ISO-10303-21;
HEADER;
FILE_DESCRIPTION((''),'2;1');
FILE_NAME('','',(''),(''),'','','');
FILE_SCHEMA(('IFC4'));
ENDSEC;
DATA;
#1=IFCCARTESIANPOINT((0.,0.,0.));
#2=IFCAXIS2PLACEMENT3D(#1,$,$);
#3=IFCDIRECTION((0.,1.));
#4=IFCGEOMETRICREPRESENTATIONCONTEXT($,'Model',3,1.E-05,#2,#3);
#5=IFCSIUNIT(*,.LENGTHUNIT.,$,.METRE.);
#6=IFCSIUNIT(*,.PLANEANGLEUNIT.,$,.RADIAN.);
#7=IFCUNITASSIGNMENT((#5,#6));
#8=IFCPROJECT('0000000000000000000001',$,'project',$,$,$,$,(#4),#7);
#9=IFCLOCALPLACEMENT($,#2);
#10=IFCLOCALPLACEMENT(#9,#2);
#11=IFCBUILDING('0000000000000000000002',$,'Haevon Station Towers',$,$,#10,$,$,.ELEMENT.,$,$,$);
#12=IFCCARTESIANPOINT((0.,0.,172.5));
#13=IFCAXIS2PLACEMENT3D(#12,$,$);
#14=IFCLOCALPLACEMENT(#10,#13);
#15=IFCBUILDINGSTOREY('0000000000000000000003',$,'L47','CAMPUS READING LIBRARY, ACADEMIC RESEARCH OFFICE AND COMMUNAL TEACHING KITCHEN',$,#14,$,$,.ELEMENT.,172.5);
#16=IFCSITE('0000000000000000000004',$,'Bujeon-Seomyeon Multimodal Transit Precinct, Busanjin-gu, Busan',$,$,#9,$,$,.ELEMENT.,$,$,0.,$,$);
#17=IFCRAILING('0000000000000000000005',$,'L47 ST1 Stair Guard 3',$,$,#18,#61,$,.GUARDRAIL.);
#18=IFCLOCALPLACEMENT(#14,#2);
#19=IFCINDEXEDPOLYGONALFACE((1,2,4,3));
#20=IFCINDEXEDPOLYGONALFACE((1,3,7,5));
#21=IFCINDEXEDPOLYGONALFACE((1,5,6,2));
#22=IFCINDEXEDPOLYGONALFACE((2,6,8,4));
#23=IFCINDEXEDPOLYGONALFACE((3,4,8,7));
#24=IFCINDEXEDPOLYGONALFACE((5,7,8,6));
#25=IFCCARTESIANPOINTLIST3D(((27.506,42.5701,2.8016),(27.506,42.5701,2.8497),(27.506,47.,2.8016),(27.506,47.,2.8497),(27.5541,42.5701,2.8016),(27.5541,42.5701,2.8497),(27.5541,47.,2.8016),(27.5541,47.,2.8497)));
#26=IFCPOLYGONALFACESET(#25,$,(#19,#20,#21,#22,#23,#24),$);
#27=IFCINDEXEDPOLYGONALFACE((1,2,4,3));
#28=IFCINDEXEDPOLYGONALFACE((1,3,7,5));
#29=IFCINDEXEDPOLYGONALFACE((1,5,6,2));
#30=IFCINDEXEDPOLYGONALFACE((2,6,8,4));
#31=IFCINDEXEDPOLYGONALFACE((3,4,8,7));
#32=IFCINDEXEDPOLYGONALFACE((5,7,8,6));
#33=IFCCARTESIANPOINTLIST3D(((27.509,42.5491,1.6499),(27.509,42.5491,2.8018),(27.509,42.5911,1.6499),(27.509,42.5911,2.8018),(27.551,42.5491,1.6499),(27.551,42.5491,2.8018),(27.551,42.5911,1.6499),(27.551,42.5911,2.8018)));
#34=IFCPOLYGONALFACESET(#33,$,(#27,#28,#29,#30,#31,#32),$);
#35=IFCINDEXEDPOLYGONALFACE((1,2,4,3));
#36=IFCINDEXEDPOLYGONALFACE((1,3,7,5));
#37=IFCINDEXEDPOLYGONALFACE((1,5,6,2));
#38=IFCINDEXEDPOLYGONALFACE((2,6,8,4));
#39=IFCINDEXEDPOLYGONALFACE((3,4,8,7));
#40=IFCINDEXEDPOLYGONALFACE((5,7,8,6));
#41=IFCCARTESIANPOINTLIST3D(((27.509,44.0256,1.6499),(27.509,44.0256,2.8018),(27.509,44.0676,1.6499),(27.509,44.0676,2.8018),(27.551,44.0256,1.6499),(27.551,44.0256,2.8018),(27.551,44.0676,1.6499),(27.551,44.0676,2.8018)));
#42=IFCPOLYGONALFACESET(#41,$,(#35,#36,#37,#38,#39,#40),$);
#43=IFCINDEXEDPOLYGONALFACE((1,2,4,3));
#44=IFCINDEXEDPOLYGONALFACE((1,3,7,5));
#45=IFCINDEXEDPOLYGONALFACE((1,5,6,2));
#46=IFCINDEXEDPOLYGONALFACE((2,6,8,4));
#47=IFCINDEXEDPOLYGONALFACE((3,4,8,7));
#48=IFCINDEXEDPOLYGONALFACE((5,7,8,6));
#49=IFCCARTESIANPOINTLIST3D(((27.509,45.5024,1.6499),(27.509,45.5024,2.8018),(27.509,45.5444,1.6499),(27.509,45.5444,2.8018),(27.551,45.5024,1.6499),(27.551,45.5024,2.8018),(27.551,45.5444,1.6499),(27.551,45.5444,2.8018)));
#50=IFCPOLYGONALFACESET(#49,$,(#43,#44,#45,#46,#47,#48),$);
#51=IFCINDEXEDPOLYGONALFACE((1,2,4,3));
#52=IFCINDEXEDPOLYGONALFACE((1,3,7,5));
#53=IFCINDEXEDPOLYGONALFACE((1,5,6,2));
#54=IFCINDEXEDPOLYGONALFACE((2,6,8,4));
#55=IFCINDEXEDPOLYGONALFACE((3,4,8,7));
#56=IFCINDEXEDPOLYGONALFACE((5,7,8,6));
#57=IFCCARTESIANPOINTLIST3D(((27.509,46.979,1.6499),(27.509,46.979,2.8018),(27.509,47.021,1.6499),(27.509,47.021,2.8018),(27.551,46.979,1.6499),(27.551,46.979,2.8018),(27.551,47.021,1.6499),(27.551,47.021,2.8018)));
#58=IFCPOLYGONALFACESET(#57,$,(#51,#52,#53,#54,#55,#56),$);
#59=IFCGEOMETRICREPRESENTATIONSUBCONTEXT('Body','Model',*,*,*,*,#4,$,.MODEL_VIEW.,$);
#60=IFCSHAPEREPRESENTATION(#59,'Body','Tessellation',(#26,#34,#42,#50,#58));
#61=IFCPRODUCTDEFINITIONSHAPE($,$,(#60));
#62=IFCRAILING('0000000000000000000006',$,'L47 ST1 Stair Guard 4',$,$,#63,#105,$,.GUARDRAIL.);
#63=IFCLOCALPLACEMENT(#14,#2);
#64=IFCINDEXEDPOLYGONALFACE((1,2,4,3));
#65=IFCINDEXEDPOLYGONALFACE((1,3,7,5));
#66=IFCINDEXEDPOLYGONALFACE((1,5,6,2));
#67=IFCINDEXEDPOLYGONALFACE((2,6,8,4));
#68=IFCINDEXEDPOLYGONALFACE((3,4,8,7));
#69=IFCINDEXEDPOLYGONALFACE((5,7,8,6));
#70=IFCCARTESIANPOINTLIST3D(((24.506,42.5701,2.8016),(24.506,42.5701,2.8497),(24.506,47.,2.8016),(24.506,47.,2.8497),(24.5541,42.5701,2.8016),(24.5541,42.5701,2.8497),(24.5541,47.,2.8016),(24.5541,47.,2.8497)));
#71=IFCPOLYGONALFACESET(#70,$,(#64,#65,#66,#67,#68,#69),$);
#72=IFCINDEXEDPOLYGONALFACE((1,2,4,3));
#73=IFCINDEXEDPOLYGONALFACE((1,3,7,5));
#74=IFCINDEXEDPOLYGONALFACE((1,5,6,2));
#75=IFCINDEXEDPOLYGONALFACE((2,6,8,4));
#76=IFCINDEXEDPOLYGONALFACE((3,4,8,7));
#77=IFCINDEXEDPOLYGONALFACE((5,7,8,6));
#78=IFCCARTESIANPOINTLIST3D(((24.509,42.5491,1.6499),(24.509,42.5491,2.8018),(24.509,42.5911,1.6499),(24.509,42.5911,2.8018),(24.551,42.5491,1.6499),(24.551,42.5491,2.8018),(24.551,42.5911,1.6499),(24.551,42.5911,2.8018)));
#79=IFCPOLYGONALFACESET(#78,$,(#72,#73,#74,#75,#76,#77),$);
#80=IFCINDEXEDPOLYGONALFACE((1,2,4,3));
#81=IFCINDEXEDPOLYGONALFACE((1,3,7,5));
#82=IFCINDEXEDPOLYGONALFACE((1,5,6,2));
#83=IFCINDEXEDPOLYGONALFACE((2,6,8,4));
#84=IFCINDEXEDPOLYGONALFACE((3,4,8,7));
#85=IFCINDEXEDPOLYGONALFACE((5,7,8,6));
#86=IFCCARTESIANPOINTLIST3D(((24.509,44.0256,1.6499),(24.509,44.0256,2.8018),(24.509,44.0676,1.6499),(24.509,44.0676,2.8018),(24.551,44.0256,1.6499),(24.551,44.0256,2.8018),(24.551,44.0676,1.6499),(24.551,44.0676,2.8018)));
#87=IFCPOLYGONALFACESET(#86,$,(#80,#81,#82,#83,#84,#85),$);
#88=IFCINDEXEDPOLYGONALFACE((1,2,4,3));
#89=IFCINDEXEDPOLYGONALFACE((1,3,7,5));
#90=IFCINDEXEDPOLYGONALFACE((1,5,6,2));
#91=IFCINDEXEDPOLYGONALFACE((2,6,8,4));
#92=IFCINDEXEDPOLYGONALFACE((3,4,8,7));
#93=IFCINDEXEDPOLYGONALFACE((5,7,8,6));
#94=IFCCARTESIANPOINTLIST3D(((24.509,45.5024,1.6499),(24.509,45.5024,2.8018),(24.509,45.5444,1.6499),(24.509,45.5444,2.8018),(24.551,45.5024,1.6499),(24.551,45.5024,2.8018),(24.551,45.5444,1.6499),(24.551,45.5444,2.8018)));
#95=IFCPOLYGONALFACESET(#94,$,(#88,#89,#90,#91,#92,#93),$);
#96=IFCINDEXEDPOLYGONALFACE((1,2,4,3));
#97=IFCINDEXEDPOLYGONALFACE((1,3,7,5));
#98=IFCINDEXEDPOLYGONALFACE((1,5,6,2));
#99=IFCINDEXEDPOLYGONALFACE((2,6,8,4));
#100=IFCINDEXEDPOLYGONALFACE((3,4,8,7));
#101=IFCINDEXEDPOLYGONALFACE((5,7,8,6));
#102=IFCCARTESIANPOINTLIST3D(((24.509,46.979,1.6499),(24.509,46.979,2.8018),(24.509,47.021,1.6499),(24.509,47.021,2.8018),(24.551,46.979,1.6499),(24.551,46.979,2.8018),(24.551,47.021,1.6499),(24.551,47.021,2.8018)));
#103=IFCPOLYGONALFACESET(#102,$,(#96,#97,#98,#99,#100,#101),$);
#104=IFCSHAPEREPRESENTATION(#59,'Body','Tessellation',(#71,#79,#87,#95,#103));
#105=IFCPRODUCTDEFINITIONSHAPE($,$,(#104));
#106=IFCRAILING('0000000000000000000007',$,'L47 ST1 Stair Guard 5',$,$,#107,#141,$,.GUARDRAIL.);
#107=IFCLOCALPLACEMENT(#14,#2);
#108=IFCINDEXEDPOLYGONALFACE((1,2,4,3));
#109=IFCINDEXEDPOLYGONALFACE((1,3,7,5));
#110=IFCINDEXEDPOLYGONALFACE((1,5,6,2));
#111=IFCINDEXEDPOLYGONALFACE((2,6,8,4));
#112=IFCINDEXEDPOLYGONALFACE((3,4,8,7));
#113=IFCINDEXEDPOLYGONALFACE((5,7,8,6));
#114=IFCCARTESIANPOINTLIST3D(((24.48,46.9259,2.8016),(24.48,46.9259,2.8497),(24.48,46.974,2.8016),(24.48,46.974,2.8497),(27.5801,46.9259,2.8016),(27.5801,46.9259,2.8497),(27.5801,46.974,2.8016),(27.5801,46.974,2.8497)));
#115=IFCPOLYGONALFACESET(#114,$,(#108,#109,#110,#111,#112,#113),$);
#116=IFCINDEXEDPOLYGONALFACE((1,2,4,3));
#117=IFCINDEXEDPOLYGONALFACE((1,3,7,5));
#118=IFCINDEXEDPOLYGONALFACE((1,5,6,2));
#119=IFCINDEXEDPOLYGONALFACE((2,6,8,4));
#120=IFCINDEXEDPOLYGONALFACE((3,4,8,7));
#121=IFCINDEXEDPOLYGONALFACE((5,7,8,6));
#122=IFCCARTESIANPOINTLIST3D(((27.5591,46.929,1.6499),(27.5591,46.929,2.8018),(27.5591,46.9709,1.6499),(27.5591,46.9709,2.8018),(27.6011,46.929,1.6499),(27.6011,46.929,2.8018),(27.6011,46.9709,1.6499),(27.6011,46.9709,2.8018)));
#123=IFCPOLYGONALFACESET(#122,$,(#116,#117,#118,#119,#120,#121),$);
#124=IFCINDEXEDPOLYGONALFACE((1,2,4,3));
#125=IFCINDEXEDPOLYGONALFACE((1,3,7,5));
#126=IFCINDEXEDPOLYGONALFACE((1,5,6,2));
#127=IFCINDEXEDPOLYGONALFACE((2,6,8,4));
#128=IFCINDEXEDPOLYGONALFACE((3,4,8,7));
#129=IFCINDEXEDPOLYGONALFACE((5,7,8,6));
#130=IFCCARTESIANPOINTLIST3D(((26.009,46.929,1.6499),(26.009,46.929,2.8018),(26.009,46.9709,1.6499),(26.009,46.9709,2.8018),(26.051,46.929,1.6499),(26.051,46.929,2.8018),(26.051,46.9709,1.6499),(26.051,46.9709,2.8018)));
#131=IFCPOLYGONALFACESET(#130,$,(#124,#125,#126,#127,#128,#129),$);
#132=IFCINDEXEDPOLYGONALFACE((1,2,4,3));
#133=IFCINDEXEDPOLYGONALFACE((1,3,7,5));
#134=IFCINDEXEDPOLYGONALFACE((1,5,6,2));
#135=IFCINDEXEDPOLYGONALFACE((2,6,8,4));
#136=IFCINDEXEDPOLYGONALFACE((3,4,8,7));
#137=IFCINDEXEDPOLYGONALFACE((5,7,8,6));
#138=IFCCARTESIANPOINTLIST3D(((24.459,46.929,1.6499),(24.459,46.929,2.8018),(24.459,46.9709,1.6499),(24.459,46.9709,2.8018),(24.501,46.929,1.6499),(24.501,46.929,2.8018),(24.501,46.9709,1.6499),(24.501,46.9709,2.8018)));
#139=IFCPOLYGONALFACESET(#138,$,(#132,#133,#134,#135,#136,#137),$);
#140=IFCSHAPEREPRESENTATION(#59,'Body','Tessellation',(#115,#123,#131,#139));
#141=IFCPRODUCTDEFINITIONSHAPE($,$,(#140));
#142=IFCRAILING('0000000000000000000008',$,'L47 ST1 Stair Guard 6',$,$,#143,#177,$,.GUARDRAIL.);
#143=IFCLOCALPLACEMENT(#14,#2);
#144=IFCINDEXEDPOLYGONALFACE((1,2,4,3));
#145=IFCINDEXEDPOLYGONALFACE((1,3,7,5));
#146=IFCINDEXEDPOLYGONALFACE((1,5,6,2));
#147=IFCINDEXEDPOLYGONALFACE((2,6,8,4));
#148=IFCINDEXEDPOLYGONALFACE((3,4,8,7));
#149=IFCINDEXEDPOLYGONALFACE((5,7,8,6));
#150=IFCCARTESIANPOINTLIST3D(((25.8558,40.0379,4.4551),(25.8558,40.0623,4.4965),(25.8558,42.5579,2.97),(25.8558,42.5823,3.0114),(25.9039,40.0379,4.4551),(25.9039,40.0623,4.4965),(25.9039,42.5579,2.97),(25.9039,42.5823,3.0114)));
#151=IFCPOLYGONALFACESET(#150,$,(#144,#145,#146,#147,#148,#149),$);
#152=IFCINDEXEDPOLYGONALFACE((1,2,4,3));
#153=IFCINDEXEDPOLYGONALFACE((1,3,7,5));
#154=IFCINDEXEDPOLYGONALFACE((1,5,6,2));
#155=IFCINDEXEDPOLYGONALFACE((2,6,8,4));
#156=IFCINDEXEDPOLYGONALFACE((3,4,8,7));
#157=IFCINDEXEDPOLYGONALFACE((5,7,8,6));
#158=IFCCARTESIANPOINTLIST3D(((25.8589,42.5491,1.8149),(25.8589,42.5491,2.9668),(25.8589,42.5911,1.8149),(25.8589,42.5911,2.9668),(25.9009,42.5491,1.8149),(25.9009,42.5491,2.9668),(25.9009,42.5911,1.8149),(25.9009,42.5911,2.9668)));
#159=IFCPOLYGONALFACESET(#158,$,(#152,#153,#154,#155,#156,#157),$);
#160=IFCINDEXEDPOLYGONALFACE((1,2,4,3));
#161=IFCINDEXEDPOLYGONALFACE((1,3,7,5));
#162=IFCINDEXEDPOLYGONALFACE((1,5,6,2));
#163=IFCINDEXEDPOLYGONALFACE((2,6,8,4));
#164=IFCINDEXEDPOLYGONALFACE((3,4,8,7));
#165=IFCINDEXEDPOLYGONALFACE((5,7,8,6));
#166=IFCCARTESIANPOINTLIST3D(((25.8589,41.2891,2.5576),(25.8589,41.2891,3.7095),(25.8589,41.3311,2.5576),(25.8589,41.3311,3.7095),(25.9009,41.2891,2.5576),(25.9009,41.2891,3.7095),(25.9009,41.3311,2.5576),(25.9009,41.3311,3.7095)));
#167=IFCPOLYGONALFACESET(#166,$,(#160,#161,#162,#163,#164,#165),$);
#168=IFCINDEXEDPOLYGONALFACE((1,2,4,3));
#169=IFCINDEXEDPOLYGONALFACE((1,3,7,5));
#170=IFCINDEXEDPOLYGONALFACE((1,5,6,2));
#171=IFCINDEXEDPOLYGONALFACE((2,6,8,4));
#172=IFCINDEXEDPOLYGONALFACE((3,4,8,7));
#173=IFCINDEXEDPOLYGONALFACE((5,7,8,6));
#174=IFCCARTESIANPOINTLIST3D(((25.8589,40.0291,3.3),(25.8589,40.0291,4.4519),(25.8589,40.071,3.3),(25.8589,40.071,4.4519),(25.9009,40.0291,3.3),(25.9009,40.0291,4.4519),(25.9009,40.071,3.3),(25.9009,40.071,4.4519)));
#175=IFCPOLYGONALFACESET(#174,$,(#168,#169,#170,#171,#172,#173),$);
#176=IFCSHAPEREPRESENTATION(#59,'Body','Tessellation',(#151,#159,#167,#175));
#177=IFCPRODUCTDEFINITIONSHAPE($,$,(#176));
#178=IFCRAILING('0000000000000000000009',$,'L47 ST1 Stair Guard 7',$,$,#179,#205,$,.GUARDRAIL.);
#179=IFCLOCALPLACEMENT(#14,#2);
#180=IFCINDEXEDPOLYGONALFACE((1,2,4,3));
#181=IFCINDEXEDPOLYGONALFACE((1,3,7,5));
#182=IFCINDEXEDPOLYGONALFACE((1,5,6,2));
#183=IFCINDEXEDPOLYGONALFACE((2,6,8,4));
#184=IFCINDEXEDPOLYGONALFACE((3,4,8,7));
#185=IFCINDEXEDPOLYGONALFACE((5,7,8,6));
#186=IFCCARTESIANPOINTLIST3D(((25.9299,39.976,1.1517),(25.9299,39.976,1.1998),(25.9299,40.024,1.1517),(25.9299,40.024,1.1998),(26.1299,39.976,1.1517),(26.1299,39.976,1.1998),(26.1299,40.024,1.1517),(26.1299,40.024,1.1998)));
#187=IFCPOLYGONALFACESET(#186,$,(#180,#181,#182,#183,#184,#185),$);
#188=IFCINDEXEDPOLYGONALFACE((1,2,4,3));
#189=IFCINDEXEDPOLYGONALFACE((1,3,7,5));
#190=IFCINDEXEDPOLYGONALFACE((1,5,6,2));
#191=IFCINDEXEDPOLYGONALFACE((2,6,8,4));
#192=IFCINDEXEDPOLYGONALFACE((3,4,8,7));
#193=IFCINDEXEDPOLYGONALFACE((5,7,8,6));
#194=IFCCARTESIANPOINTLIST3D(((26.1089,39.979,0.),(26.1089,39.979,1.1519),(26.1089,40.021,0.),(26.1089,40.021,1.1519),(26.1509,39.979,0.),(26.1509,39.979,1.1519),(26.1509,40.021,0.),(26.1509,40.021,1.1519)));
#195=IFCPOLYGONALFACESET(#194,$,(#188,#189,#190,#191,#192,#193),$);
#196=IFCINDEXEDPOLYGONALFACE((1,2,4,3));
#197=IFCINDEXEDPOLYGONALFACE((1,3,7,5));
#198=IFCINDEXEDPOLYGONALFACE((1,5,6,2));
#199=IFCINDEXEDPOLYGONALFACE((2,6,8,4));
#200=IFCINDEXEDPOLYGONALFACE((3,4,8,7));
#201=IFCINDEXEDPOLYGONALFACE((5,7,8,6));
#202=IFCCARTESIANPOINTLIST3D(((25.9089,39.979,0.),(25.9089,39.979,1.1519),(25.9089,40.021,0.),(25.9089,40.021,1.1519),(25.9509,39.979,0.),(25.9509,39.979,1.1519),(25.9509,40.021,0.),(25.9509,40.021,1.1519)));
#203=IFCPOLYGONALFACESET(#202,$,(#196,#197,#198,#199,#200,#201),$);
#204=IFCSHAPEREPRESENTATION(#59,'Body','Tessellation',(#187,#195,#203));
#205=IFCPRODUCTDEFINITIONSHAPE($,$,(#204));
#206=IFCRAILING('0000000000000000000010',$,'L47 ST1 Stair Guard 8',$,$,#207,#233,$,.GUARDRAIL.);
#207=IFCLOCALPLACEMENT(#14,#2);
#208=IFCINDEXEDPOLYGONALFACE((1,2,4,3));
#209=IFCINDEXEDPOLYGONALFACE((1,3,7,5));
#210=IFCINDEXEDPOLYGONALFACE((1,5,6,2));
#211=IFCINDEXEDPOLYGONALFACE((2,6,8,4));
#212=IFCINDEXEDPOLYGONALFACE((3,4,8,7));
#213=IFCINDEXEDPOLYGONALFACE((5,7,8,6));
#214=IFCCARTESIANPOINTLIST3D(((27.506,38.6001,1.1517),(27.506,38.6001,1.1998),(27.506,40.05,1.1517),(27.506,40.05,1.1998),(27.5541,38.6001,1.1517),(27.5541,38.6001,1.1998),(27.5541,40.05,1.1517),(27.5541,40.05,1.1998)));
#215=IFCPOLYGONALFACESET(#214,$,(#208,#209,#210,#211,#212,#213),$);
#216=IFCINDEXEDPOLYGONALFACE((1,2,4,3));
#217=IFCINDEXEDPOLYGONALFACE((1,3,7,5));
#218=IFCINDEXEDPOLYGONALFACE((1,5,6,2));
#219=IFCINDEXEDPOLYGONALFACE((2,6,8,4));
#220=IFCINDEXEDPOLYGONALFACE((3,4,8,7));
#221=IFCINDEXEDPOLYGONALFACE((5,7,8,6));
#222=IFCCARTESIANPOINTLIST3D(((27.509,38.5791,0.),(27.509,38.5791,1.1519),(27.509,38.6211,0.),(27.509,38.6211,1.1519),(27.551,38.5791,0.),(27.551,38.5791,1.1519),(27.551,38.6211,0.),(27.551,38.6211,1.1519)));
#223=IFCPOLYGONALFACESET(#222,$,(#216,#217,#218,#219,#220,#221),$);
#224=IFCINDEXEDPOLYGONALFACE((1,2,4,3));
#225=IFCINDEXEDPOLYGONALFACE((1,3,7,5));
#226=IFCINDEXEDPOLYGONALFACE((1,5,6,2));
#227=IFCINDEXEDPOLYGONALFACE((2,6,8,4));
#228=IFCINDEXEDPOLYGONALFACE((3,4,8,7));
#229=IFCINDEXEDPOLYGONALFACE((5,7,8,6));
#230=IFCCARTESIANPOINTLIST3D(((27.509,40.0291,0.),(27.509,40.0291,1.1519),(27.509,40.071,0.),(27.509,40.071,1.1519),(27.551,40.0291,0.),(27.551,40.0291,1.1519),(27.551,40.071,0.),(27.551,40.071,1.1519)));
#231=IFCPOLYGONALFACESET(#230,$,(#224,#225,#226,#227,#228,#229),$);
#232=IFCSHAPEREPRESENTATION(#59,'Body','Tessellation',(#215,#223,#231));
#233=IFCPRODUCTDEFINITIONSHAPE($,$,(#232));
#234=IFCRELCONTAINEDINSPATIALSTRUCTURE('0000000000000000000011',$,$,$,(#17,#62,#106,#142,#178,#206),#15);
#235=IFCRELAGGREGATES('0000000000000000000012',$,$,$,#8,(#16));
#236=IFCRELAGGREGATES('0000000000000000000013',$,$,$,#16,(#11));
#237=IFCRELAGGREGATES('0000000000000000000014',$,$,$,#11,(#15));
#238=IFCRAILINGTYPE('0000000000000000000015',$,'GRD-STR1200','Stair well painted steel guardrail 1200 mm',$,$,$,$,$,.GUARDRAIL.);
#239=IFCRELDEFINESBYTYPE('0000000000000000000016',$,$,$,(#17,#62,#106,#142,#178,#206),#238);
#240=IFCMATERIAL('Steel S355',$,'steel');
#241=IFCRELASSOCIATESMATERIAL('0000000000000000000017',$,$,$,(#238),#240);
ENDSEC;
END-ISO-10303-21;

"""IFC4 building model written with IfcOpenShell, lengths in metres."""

from ifc_helpers import new_model, si_unit, direction, frame, origin, origin_2d, place, context, subcontext, project, spatial, rectangle, extrude, material, type_object, element, save


model = new_model("IFC4")

# Units and contexts
model_context = context("Model", 3, precision=1e-05, world=origin(), true_north=direction((0.0, 1.0)))
body_context = subcontext(model_context, "Body", "Model", "MODEL_VIEW")
ifc_project = project(units=[si_unit("LENGTHUNIT", "METRE"), si_unit("PLANEANGLEUNIT", "RADIAN")], contexts=[model_context])

# Site, building, storey
site_placement = place(None, origin())
site = spatial("IfcSite", under=ifc_project, at=site_placement, Name="Bujeon-Seomyeon Multimodal Transit Precinct, Busanjin-gu, Busan", CompositionType="ELEMENT", RefElevation=0.0)
building_placement = place(site_placement, origin())
building = spatial("IfcBuilding", under=site, at=building_placement, Name="Haevon Station Towers", CompositionType="ELEMENT")
storey_placement = place(building_placement, frame((0.0, 0.0, 172.5)))
storey = spatial("IfcBuildingStorey", under=building, at=storey_placement, Name="L47", Description="CAMPUS READING LIBRARY, ACADEMIC RESEARCH OFFICE AND COMMUNAL TEACHING KITCHEN", CompositionType="ELEMENT", Elevation=172.5)

# Shared definitions
ifc_material_1 = material(Name="Steel S355", Category="steel")

# Railings
railing_type_1 = type_object("IfcRailingType", Name="GRD-STR1200", Description="Stair well painted steel guardrail 1200 mm", PredefinedType="GUARDRAIL", material=ifc_material_1)
for number, where, name in (
    (1, (27.53, 42.5701, 1.6499), "L47 ST1 Stair Guard 3"),
    (2, (24.53, 42.5701, 1.6499), "L47 ST1 Stair Guard 4"),
):
    element("IfcRailing", number, at=place(storey_placement, frame(where)), inside=storey, type_object=railing_type_1, Name=name, PredefinedType="GUARDRAIL", context=body_context, shape_type="SweptSolid", body=[
        extrude(rectangle(XDim=0.0481, YDim=0.0481, at=origin_2d()), frame((0.0, 0.0, 1.1758), z_axis=(0.0, 1.0, 0.0), x_axis=(-1.0, 0.0, 0.0)), (0.0, 0.0, 1.0), 4.4299),
        extrude(rectangle(XDim=0.042, YDim=0.042, at=origin_2d()), origin(), (0.0, 0.0, 1.0), 1.1519),
        extrude(rectangle(XDim=0.042, YDim=0.042, at=origin_2d()), frame((0.0, 1.4766, 0.0)), (0.0, 0.0, 1.0), 1.1519),
        extrude(rectangle(XDim=0.042, YDim=0.042, at=origin_2d()), frame((0.0, 2.9534, 0.0)), (0.0, 0.0, 1.0), 1.1519),
        extrude(rectangle(XDim=0.042, YDim=0.042, at=origin_2d()), frame((0.0, 4.4299, 0.0)), (0.0, 0.0, 1.0), 1.1519),
    ])
railing_1_placement = place(storey_placement, frame((27.5801, 46.95, 1.6499)))
element("IfcRailing", 3, at=railing_1_placement, inside=storey, type_object=railing_type_1, Name="L47 ST1 Stair Guard 5", PredefinedType="GUARDRAIL", context=body_context, shape_type="SweptSolid", body=[
    extrude(rectangle(XDim=0.0481, YDim=0.0481, at=origin_2d()), frame((0.0, 0.0, 1.1758), z_axis=(-1.0, 0.0, 0.0), x_axis=(0.0, -1.0, 0.0)), (0.0, 0.0, 1.0), 3.1001),
    extrude(rectangle(XDim=0.042, YDim=0.042, at=origin_2d()), origin(), (0.0, 0.0, 1.0), 1.1519),
    extrude(rectangle(XDim=0.042, YDim=0.042, at=origin_2d()), frame((-1.55, 0.0, 0.0)), (0.0, 0.0, 1.0), 1.1519),
    extrude(rectangle(XDim=0.042, YDim=0.042, at=origin_2d()), frame((-3.1001, 0.0, 0.0)), (0.0, 0.0, 1.0), 1.1519),
])
railing_2_placement = place(storey_placement, frame((25.8799, 42.5701, 1.8149)))
element("IfcRailing", 4, at=railing_2_placement, inside=storey, type_object=railing_type_1, Name="L47 ST1 Stair Guard 6", PredefinedType="GUARDRAIL", context=body_context, shape_type="SweptSolid", body=[
    extrude(rectangle(XDim=0.0481, YDim=0.0481, at=origin_2d()), frame((0.0, 0.0, 1.1758), z_axis=(0.0, -0.861524, 0.507717), x_axis=(1.0, 0.0, 0.0)), (0.0, 0.0, 1.0), 2.925),
    extrude(rectangle(XDim=0.042, YDim=0.042, at=origin_2d()), origin(), (0.0, 0.0, 1.0), 1.1519),
    extrude(rectangle(XDim=0.042, YDim=0.042, at=origin_2d()), frame((0.0, -1.26, 0.7427)), (0.0, 0.0, 1.0), 1.1519),
    extrude(rectangle(XDim=0.042, YDim=0.042, at=origin_2d()), frame((0.0, -2.52, 1.4851)), (0.0, 0.0, 1.0), 1.1519),
])
railing_3_placement = place(storey_placement, frame((26.1299, 40.0, 0.0)))
element("IfcRailing", 5, at=railing_3_placement, inside=storey, type_object=railing_type_1, Name="L47 ST1 Stair Guard 7", PredefinedType="GUARDRAIL", context=body_context, shape_type="SweptSolid", body=[
    extrude(rectangle(XDim=0.0481, YDim=0.0481, at=origin_2d()), frame((0.0, 0.0, 1.1758), z_axis=(-1.0, 0.0, 0.0), x_axis=(0.0, -1.0, 0.0)), (0.0, 0.0, 1.0), 0.2),
    extrude(rectangle(XDim=0.042, YDim=0.042, at=origin_2d()), origin(), (0.0, 0.0, 1.0), 1.1519),
    extrude(rectangle(XDim=0.042, YDim=0.042, at=origin_2d()), frame((-0.2, 0.0, 0.0)), (0.0, 0.0, 1.0), 1.1519),
])
railing_4_placement = place(storey_placement, frame((27.53, 38.6001, 0.0)))
element("IfcRailing", 6, at=railing_4_placement, inside=storey, type_object=railing_type_1, Name="L47 ST1 Stair Guard 8", PredefinedType="GUARDRAIL", context=body_context, shape_type="SweptSolid", body=[
    extrude(rectangle(XDim=0.0481, YDim=0.0481, at=origin_2d()), frame((0.0, 0.0, 1.1758), z_axis=(0.0, 1.0, 0.0), x_axis=(-1.0, 0.0, 0.0)), (0.0, 0.0, 1.0), 1.45),
    extrude(rectangle(XDim=0.042, YDim=0.042, at=origin_2d()), origin(), (0.0, 0.0, 1.0), 1.1519),
    extrude(rectangle(XDim=0.042, YDim=0.042, at=origin_2d()), frame((0.0, 1.45, 0.0)), (0.0, 0.0, 1.0), 1.1519),
])

save(model, "model.ifc")
